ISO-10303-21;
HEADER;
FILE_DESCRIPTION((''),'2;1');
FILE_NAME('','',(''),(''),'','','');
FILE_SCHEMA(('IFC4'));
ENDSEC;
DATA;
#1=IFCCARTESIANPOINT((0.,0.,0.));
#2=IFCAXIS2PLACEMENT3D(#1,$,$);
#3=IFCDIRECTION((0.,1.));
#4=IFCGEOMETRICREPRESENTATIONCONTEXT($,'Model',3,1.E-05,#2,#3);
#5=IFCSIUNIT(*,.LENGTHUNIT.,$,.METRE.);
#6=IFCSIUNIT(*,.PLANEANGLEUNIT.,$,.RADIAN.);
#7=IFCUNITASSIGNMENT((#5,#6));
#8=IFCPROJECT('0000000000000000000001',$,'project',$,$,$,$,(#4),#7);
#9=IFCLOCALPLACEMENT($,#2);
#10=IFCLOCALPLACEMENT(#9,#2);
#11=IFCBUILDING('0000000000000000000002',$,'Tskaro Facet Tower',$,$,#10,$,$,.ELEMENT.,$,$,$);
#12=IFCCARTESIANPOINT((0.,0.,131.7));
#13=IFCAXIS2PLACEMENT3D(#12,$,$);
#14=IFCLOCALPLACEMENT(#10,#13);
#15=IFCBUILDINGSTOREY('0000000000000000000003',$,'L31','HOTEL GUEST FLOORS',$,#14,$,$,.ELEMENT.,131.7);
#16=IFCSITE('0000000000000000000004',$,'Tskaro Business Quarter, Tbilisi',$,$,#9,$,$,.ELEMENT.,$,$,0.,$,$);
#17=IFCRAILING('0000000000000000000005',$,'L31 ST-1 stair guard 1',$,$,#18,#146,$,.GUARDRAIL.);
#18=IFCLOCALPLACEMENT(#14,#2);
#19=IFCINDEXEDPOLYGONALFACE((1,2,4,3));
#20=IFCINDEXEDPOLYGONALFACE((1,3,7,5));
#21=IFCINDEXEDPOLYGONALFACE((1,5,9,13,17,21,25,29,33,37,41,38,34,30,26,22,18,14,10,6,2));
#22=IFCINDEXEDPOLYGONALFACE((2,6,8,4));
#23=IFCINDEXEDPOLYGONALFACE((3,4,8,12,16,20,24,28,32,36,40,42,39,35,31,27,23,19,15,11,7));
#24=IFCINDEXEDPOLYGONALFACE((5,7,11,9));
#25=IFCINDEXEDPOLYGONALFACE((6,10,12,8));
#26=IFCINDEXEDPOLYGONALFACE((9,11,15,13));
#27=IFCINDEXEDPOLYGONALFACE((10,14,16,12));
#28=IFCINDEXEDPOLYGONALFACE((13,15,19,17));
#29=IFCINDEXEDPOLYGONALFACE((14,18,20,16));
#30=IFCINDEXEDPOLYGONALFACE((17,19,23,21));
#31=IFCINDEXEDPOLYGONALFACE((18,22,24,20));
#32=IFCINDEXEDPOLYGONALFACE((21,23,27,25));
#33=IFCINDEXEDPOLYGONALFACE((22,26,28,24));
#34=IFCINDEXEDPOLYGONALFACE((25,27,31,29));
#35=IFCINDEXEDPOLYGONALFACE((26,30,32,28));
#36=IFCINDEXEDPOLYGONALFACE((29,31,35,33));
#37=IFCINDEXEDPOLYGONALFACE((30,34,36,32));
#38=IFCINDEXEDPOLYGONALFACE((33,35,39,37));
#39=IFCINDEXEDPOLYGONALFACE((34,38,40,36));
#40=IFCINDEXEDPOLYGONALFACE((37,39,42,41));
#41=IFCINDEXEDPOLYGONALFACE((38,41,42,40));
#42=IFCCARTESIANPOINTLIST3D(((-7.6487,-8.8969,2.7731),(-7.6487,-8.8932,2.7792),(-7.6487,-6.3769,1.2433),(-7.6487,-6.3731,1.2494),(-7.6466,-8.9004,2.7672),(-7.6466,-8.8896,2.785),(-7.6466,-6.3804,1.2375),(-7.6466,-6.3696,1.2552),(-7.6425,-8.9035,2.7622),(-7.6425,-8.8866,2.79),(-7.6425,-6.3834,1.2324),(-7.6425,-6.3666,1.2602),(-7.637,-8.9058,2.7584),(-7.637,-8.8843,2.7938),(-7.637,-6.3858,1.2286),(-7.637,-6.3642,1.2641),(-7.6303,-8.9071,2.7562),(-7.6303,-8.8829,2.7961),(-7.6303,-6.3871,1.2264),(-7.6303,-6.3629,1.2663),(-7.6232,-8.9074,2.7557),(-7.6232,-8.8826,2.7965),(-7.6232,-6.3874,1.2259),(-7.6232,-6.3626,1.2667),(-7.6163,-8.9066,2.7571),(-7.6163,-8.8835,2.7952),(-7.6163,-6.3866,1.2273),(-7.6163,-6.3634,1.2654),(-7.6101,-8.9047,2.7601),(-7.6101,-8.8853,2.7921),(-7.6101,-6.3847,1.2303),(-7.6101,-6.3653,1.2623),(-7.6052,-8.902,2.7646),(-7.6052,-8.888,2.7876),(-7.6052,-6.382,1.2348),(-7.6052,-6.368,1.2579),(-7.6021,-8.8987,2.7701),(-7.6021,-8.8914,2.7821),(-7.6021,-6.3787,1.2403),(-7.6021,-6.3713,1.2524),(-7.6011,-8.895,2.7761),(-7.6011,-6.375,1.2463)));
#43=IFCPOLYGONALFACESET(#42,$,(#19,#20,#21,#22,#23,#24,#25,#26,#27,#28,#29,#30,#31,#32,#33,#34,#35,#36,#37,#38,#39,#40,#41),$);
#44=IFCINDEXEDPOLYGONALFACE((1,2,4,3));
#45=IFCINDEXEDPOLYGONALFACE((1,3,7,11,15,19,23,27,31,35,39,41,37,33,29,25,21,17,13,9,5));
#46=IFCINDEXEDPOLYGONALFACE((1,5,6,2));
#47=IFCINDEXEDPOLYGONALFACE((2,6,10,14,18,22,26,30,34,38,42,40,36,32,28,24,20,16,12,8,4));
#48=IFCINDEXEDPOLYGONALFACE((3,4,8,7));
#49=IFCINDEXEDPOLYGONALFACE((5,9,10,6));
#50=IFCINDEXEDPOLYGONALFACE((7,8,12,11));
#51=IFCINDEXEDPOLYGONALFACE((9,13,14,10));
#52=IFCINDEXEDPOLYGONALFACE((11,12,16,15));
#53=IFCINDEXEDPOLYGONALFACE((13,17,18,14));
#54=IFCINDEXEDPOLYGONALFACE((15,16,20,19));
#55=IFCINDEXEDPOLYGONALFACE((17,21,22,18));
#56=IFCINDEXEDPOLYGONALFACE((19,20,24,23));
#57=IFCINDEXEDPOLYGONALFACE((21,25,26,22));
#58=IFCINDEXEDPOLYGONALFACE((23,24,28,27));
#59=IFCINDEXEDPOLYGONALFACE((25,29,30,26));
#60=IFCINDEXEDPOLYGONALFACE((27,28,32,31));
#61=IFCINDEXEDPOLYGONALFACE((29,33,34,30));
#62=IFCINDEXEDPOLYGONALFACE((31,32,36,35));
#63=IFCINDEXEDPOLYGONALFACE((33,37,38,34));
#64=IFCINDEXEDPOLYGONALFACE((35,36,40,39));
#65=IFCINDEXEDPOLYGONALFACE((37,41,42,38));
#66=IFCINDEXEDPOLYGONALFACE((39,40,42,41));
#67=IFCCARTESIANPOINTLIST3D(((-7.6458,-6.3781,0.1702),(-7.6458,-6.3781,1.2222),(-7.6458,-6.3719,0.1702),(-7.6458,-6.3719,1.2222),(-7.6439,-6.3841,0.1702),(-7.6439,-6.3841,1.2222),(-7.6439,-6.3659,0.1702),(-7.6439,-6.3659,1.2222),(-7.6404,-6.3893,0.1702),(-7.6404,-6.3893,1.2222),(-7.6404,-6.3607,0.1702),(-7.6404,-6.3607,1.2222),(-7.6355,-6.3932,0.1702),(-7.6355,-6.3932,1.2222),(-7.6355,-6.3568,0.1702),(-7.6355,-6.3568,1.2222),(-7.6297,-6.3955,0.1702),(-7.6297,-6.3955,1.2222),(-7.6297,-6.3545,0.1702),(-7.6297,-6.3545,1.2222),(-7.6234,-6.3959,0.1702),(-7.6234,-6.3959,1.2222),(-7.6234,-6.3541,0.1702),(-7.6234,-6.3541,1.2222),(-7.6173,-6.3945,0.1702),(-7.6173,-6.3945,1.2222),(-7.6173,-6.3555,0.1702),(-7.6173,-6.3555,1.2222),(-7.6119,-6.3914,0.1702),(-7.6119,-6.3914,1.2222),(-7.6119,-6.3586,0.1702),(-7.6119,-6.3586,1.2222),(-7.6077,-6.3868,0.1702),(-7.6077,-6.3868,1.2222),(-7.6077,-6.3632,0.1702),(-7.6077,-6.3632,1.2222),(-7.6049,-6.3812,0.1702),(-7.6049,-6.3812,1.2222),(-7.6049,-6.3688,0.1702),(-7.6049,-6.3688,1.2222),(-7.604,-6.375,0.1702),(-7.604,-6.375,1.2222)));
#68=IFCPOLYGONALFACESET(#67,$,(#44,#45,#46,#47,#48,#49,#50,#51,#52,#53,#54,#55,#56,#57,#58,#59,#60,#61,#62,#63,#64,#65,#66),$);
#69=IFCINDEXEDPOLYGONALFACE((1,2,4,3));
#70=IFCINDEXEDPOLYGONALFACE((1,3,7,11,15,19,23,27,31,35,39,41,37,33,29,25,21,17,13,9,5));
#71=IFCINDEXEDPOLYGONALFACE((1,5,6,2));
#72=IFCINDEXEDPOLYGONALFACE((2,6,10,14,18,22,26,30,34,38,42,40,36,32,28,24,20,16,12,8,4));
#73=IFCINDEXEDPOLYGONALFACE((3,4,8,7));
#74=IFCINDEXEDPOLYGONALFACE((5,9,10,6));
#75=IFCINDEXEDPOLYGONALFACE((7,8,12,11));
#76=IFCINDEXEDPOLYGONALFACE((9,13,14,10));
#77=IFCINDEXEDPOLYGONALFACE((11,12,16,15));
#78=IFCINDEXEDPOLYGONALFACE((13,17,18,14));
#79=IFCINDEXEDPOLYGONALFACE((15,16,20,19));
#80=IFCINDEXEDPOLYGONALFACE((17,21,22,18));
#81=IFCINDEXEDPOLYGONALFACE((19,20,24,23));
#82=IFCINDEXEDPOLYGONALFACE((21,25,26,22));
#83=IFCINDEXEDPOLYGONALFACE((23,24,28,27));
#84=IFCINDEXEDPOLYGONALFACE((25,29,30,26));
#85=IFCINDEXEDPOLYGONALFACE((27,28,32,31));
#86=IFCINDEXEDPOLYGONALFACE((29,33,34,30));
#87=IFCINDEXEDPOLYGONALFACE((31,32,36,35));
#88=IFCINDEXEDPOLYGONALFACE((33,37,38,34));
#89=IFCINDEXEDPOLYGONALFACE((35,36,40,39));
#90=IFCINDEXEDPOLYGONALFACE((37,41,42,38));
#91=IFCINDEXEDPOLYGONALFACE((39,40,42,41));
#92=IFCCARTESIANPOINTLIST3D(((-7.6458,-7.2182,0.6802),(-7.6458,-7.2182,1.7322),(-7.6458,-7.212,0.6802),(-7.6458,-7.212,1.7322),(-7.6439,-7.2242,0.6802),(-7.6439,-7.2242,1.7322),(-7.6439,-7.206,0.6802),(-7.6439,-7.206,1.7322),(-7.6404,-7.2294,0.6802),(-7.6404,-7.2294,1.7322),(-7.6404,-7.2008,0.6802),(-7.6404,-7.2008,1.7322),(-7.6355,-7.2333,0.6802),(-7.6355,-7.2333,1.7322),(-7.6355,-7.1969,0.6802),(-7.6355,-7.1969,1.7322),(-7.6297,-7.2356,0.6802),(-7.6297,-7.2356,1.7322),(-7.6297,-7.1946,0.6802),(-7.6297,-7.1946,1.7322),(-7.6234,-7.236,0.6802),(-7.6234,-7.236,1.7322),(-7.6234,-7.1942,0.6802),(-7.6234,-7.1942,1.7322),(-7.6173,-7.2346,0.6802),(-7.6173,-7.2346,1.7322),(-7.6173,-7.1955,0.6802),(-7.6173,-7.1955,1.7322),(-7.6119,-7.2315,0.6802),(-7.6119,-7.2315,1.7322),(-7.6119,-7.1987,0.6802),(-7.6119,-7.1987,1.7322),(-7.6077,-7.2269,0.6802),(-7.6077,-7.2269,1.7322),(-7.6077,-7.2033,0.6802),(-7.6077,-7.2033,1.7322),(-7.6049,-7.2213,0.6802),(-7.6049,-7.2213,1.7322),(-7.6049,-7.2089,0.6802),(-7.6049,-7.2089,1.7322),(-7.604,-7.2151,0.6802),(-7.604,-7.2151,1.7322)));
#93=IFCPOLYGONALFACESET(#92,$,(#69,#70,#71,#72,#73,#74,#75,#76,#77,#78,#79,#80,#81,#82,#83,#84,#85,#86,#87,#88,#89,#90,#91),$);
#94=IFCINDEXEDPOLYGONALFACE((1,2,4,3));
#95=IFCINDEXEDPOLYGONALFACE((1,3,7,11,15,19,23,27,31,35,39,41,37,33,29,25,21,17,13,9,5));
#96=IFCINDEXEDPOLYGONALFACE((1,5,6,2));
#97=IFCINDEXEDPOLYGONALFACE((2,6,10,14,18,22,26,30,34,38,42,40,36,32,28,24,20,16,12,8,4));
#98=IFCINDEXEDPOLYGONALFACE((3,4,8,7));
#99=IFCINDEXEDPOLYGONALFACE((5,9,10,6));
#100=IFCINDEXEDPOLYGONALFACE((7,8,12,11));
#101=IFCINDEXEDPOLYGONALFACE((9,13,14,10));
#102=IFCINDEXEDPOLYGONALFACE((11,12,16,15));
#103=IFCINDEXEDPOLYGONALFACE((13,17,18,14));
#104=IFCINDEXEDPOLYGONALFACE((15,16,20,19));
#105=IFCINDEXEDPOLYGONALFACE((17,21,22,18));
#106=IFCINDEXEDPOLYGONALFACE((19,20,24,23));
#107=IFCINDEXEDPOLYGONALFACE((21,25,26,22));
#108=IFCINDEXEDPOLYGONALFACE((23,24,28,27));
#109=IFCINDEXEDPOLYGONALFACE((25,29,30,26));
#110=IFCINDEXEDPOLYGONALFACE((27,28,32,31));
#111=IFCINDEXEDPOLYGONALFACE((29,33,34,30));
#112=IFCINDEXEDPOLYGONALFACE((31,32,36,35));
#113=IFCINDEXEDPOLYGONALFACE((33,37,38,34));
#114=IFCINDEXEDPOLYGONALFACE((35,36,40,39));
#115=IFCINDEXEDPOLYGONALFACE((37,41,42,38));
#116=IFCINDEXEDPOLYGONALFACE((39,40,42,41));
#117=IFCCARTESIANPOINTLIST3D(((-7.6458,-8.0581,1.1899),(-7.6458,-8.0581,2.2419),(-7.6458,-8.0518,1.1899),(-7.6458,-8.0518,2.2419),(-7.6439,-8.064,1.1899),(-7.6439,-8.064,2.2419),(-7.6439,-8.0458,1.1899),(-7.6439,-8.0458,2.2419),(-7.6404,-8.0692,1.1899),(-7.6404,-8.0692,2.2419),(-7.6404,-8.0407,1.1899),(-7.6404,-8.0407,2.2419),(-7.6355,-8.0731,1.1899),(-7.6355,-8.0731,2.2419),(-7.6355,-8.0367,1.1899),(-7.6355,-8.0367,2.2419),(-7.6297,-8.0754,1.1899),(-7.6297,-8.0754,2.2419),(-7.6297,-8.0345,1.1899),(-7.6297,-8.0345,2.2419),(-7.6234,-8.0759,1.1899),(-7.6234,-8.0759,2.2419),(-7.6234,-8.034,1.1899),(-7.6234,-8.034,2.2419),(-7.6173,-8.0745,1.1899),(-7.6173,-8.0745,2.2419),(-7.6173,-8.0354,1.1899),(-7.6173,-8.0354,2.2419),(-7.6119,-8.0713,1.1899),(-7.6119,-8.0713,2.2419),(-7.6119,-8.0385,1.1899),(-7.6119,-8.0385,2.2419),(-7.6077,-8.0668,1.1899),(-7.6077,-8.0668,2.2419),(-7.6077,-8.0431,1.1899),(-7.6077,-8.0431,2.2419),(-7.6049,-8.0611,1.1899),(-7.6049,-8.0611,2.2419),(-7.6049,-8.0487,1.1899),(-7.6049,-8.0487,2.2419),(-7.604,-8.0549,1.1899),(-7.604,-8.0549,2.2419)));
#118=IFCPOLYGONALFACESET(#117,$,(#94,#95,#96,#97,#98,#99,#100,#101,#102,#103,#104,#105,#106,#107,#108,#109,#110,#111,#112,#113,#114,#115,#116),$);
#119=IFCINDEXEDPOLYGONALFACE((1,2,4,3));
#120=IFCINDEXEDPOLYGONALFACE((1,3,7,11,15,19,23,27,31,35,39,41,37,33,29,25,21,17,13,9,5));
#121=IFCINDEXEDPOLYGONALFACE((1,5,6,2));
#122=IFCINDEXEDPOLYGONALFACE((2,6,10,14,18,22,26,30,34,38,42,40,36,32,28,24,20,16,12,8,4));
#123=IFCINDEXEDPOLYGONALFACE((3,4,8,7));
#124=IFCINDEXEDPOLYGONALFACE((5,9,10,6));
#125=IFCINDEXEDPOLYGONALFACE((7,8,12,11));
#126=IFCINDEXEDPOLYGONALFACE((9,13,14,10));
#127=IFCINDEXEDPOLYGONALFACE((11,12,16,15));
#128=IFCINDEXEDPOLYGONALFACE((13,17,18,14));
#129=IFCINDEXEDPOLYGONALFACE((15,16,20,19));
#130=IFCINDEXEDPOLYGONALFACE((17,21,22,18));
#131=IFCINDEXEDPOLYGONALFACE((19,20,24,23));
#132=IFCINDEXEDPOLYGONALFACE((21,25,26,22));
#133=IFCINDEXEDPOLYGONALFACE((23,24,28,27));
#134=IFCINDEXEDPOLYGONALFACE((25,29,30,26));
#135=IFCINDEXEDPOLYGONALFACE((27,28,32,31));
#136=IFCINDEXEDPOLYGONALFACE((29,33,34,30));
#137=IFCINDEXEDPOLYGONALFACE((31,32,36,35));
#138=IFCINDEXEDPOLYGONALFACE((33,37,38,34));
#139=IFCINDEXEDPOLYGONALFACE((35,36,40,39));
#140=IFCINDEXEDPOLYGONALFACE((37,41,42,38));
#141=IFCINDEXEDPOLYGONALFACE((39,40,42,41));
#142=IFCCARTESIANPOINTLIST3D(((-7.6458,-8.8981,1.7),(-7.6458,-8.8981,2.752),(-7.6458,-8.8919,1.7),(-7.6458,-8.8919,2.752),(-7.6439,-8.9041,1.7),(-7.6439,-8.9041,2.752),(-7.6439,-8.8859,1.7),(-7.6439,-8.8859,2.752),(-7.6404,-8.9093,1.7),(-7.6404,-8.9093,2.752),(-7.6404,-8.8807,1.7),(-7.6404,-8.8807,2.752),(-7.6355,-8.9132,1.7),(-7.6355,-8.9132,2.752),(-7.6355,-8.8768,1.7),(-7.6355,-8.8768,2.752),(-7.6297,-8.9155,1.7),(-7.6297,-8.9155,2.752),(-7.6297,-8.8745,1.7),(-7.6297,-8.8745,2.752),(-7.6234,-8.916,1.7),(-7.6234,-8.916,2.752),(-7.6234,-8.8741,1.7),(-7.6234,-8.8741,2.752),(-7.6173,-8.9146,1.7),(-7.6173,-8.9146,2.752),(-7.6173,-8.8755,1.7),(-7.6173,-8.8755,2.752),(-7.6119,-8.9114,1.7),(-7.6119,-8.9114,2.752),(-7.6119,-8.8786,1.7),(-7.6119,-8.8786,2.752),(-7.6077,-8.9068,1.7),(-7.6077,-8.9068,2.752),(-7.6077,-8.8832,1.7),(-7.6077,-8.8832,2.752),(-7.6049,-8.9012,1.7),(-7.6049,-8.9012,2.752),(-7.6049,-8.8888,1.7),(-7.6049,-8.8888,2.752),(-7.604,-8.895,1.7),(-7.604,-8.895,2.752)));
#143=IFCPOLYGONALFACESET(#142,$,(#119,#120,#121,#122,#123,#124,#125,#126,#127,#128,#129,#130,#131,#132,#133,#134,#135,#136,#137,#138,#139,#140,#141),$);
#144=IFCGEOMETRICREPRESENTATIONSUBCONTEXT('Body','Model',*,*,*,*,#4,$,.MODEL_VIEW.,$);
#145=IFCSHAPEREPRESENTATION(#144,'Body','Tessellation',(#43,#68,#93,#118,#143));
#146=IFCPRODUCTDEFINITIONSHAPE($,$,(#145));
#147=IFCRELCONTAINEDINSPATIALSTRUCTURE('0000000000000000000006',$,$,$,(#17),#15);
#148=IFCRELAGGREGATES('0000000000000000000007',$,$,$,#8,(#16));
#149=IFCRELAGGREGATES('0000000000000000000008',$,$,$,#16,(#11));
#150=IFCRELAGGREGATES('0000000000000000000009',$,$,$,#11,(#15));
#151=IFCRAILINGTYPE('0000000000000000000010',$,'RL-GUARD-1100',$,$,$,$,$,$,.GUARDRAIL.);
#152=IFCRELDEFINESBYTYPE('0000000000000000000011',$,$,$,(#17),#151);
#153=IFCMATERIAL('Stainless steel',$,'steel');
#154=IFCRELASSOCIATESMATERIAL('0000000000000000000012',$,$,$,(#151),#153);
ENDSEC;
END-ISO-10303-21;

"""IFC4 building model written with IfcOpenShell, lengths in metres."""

from ifc_helpers import new_model, si_unit, direction, frame, origin, origin_2d, place, context, subcontext, project, spatial, circle, extrude, material, type_object, element, save


model = new_model("IFC4")

# Units and contexts
model_context = context("Model", 3, precision=1e-05, world=origin(), true_north=direction((0.0, 1.0)))
body_context = subcontext(model_context, "Body", "Model", "MODEL_VIEW")
ifc_project = project(units=[si_unit("LENGTHUNIT", "METRE"), si_unit("PLANEANGLEUNIT", "RADIAN")], contexts=[model_context])

# Site, building, storey
site_placement = place(None, origin())
site = spatial("IfcSite", under=ifc_project, at=site_placement, Name="Tskaro Business Quarter, Tbilisi", CompositionType="ELEMENT", RefElevation=0.0)
building_placement = place(site_placement, origin())
building = spatial("IfcBuilding", under=site, at=building_placement, Name="Tskaro Facet Tower", CompositionType="ELEMENT")
storey_placement = place(building_placement, frame((0.0, 0.0, 131.7)))
storey = spatial("IfcBuildingStorey", under=building, at=storey_placement, Name="L31", Description="HOTEL GUEST FLOORS", CompositionType="ELEMENT", Elevation=131.7)

# Shared definitions
ifc_material_1 = material(Name="Stainless steel", Category="steel")

# Railing
railing_type_1 = type_object("IfcRailingType", Name="RL-GUARD-1100", PredefinedType="GUARDRAIL", material=ifc_material_1)
railing_1_placement = place(storey_placement, frame((-7.625, -6.375, 0.1702)))
element("IfcRailing", 1, at=railing_1_placement, inside=storey, type_object=railing_type_1, Name="L31 ST-1 stair guard 1", PredefinedType="GUARDRAIL", context=body_context, shape_type="SweptSolid", body=[
    extrude(circle(Radius=0.0239, at=origin_2d()), frame((0.0, 0.0, 1.0762), z_axis=(0.0, -0.854822, 0.518922), x_axis=(1.0, 0.0, 0.0)), (0.0, 0.0, 1.0), 2.948),
    extrude(circle(Radius=0.021, at=origin_2d()), origin(), (0.0, 0.0, 1.0), 1.052),
    extrude(circle(Radius=0.021, at=origin_2d()), frame((0.0, -0.8401, 0.51)), (0.0, 0.0, 1.0), 1.052),
    extrude(circle(Radius=0.021, at=origin_2d()), frame((0.0, -1.6799, 1.0198)), (0.0, 0.0, 1.0), 1.052),
    extrude(circle(Radius=0.021, at=origin_2d()), frame((0.0, -2.52, 1.5298)), (0.0, 0.0, 1.0), 1.052),
])

save(model, "model.ifc")
